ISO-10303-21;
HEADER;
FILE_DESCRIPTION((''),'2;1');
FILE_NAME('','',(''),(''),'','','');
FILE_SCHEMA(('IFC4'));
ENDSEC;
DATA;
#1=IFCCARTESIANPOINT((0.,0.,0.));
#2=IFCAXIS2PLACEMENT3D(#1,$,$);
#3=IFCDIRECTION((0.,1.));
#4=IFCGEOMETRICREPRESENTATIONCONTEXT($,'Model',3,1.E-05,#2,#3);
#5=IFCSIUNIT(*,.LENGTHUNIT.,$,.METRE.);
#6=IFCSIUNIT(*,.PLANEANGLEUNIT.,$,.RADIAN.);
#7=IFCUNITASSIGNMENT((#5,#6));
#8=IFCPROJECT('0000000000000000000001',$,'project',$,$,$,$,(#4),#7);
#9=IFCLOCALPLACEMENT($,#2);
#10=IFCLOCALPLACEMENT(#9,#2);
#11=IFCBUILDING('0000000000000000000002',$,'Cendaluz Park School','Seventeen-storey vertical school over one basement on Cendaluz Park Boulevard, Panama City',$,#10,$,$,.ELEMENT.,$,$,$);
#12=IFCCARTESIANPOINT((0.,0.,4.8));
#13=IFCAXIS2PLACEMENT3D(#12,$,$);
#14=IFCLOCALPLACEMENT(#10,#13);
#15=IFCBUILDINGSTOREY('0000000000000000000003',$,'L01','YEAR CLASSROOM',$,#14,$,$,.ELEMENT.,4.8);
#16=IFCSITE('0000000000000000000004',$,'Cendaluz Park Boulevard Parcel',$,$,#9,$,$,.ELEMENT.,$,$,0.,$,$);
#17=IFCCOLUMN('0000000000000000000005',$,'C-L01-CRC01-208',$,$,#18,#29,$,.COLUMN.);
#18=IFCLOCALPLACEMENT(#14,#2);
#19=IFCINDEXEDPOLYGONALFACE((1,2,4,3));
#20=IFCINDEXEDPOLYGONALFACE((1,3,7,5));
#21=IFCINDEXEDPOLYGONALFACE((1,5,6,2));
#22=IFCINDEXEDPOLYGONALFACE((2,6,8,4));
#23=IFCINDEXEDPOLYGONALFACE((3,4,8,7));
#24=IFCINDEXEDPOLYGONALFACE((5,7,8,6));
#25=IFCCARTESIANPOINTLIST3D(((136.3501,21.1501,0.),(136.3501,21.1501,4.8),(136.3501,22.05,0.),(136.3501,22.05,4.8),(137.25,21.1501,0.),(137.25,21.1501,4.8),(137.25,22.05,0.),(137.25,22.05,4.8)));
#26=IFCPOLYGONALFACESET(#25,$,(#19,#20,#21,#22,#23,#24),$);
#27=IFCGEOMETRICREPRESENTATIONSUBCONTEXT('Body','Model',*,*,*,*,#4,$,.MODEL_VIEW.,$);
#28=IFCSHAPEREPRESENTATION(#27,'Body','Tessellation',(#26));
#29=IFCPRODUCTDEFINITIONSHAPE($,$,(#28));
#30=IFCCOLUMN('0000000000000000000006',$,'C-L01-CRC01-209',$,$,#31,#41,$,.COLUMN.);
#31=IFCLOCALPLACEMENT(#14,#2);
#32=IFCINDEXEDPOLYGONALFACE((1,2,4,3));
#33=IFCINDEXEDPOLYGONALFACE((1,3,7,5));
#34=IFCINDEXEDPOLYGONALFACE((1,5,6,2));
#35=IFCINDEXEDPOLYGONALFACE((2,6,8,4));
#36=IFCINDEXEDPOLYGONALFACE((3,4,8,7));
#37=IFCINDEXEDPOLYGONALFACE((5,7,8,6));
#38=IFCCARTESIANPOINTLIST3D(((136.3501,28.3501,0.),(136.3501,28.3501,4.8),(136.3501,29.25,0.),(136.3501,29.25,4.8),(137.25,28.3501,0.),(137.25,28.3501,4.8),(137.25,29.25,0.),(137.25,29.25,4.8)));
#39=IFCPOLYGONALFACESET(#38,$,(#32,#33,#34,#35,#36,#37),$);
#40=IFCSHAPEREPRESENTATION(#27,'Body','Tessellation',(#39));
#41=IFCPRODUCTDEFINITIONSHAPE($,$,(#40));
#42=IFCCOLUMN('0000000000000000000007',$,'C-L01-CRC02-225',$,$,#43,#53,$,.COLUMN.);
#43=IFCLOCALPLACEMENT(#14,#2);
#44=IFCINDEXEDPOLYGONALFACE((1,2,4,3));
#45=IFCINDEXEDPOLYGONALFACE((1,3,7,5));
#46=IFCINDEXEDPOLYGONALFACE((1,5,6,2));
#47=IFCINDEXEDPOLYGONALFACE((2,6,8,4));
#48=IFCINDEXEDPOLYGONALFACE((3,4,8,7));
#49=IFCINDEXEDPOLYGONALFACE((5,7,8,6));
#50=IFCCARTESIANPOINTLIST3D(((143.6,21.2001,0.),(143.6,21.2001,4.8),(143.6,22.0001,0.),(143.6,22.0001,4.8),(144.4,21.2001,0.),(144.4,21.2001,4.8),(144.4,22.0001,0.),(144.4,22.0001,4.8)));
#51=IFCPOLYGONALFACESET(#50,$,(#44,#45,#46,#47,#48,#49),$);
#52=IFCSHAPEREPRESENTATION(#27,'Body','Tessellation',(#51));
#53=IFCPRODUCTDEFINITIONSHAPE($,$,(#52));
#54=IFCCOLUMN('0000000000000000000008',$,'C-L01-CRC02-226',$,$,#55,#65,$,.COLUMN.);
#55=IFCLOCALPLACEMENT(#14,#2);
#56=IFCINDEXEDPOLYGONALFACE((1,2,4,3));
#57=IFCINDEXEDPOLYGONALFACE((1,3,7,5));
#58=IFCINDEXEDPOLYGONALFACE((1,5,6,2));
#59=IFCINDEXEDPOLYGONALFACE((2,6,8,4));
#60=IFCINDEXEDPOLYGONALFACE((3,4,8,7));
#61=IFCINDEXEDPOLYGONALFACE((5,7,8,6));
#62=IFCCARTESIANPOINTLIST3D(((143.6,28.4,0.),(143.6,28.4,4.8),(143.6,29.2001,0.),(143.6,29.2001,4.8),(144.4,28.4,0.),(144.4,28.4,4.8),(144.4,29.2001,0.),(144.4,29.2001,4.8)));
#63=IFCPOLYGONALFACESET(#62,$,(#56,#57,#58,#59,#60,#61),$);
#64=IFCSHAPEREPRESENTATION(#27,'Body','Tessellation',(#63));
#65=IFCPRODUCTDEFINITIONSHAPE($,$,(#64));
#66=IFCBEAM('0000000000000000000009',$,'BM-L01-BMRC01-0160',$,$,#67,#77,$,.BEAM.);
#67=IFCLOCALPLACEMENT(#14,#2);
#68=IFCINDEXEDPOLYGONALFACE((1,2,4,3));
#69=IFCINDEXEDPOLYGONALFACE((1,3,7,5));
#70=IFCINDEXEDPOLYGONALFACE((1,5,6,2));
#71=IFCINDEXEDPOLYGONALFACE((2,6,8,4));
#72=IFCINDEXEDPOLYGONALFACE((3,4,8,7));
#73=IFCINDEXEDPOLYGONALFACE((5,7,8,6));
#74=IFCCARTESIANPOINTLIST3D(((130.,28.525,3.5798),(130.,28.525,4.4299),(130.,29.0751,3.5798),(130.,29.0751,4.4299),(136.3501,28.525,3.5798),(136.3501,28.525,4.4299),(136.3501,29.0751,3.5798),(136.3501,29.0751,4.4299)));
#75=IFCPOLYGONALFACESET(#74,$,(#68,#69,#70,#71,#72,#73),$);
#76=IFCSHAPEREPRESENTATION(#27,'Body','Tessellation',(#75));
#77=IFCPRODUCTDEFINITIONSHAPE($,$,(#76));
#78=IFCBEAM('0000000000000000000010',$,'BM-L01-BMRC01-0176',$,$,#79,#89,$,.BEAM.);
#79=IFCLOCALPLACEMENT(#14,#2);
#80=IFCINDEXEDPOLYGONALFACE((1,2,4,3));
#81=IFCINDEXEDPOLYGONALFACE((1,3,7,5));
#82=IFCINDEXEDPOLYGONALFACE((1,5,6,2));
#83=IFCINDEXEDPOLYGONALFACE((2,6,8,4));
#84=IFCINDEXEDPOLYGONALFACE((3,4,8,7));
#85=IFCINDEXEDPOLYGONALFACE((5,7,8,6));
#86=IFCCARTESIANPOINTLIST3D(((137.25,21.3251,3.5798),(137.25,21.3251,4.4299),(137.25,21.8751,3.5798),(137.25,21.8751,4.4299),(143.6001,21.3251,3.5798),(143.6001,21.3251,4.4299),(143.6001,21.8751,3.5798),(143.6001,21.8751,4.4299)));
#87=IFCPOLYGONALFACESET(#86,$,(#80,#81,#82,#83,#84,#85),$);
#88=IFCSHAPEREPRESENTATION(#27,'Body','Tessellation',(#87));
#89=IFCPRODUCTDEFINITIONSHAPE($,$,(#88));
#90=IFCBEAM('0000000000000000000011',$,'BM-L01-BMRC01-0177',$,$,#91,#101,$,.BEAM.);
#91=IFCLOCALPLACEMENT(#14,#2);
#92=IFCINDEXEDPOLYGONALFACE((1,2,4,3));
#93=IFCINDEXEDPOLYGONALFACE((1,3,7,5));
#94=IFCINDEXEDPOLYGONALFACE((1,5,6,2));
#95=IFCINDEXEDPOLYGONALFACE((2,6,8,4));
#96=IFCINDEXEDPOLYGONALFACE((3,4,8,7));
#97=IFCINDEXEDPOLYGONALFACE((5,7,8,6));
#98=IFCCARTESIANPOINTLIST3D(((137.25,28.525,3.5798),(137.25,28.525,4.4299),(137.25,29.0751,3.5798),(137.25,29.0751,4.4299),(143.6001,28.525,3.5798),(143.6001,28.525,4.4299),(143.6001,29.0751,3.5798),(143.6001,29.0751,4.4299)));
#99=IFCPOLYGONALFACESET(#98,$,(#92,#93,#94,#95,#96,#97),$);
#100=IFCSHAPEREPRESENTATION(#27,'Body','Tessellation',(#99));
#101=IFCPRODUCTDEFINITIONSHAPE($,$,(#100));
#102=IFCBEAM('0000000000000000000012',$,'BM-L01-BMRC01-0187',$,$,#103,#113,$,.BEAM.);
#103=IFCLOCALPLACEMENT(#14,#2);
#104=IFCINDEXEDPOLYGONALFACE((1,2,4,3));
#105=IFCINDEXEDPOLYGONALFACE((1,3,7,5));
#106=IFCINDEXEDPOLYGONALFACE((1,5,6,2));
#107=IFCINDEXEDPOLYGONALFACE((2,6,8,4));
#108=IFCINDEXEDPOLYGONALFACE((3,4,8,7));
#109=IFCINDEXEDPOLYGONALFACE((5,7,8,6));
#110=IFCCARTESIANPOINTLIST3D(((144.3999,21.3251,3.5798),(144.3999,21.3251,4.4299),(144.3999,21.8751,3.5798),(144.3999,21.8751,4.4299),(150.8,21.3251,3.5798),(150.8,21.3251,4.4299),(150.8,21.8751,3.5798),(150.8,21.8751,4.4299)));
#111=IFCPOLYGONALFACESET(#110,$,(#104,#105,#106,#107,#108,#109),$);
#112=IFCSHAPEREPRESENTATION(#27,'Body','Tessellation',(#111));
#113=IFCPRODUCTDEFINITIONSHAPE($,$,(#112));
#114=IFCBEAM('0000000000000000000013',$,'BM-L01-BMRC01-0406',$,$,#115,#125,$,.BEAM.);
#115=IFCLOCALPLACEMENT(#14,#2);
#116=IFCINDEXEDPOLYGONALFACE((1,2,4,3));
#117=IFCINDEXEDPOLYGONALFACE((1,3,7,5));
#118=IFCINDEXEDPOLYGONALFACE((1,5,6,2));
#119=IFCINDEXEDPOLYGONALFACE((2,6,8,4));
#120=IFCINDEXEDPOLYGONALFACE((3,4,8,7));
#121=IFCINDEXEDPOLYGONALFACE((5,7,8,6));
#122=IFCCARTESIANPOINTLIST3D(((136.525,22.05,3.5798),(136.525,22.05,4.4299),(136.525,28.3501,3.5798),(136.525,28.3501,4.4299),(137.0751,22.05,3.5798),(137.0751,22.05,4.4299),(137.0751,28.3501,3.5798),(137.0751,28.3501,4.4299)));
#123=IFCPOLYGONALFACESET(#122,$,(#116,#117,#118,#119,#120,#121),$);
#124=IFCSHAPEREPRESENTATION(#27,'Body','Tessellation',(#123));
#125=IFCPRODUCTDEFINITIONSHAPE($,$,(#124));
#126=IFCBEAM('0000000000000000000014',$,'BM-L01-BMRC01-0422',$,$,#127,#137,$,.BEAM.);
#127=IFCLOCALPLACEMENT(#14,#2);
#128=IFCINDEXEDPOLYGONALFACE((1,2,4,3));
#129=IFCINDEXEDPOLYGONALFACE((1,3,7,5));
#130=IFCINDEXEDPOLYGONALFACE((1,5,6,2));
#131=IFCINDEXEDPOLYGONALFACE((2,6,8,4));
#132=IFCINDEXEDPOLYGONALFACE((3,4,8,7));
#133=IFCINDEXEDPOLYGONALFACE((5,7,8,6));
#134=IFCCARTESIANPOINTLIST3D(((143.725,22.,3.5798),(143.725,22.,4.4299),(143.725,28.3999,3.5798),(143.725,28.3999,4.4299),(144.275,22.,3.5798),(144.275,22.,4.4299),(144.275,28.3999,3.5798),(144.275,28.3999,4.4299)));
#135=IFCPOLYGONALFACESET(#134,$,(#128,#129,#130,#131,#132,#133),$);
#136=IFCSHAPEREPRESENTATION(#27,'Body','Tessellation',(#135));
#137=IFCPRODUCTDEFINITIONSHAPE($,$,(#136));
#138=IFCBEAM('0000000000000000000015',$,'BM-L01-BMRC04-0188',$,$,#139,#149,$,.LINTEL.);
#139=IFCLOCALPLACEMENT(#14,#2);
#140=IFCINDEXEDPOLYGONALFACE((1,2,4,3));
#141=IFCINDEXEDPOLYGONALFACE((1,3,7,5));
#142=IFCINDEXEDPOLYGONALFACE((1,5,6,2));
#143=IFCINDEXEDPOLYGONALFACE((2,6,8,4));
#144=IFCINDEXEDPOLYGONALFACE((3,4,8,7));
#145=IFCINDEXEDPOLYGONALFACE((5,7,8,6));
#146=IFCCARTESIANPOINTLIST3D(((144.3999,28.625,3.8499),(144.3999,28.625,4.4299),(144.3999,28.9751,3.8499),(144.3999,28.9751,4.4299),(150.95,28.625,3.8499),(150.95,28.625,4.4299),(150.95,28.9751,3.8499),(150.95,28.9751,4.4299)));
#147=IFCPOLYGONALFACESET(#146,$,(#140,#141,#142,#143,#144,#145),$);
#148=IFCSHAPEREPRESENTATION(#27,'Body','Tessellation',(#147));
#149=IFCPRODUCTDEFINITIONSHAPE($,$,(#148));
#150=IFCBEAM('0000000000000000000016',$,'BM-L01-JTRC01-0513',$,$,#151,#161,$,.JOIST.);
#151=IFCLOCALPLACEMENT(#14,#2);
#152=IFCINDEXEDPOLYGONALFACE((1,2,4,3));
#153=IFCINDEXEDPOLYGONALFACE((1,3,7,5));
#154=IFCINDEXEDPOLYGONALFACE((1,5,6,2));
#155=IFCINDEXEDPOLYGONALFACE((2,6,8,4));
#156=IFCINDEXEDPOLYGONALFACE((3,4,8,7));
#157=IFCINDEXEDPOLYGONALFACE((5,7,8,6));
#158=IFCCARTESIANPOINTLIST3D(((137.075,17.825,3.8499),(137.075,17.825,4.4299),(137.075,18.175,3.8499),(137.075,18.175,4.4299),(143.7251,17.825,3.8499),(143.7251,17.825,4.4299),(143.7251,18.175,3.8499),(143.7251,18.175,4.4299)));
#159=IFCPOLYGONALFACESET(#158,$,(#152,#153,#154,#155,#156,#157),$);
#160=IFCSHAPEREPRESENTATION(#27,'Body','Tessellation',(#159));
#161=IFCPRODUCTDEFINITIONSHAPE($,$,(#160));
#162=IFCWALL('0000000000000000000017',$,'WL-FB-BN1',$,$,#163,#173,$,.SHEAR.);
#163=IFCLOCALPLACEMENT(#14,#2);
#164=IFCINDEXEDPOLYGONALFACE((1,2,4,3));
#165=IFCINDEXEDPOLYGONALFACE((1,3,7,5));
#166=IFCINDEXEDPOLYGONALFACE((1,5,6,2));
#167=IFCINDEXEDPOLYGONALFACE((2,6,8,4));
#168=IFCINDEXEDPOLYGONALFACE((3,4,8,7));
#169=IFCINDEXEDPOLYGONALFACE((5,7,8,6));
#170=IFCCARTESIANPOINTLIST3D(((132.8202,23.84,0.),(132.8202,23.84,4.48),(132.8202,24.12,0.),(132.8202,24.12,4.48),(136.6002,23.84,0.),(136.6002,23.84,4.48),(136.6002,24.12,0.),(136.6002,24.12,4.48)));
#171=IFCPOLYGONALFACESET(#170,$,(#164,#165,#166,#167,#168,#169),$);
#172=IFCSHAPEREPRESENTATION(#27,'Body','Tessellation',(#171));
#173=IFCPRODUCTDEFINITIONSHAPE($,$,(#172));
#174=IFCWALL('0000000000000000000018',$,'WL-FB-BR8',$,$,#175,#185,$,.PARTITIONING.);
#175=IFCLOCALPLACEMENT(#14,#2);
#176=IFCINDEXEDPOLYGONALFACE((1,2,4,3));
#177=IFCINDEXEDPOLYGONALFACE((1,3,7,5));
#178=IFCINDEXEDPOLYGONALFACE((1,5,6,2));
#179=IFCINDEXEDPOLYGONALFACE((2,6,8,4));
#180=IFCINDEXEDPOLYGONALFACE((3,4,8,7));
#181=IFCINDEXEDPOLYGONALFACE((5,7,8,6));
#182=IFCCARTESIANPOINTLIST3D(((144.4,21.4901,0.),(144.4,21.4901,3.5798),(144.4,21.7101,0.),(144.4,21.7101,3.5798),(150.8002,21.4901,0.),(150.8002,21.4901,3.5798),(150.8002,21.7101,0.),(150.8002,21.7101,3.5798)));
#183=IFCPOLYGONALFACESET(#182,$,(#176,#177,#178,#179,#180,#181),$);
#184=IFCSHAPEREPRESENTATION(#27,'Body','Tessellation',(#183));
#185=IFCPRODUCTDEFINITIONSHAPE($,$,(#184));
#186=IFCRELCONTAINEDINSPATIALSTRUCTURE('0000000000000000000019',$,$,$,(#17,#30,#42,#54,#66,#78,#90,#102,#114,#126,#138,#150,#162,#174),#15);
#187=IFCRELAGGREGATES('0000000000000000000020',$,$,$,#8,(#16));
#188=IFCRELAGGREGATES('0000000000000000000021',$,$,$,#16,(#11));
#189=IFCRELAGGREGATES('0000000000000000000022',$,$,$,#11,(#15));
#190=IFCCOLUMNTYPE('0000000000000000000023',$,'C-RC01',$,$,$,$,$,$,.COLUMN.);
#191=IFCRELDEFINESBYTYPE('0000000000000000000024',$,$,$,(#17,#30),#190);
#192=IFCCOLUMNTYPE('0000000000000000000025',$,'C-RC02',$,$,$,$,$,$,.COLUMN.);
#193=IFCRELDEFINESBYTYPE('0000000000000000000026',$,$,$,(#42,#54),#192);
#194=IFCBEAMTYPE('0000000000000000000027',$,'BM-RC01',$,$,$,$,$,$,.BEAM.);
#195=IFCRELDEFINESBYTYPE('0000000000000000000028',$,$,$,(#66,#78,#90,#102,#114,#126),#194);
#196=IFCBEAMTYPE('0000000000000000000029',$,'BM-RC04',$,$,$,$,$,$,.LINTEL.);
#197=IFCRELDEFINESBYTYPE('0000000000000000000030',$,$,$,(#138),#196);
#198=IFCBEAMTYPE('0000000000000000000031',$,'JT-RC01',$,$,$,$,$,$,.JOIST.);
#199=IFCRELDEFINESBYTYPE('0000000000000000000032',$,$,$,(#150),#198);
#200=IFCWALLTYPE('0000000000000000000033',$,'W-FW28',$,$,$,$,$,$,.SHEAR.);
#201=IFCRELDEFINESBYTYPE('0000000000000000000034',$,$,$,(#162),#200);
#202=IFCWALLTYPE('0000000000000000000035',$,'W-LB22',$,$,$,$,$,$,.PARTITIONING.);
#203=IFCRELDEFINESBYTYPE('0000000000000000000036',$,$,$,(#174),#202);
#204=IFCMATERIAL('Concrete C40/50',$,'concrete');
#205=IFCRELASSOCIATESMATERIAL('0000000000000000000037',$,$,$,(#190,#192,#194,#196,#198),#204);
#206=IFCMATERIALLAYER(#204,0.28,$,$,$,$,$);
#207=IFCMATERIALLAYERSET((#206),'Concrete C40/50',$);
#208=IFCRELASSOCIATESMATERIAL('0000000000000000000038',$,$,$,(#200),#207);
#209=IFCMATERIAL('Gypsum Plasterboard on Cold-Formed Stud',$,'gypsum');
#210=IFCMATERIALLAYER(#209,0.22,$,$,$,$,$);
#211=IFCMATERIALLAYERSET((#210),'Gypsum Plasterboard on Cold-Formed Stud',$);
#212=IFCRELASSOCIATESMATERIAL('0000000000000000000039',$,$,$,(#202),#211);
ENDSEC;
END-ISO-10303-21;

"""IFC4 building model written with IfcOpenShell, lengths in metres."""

from ifc_helpers import new_model, si_unit, direction, frame, frame_2d, origin, origin_2d, place, context, subcontext, project, spatial, rectangle, extrude, material, layer, layer_set, material_profile, profile_set, type_object, element, save


model = new_model("IFC4")

# Units and contexts
model_context = context("Model", 3, precision=1e-05, world=origin(), true_north=direction((0.0, 1.0)))
body_context = subcontext(model_context, "Body", "Model", "MODEL_VIEW")
ifc_project = project(units=[si_unit("LENGTHUNIT", "METRE"), si_unit("PLANEANGLEUNIT", "RADIAN")], contexts=[model_context])

# Site, building, storey
site_placement = place(None, origin())
site = spatial("IfcSite", under=ifc_project, at=site_placement, Name="Cendaluz Park Boulevard Parcel", CompositionType="ELEMENT", RefElevation=0.0)
building_placement = place(site_placement, origin())
building = spatial("IfcBuilding", under=site, at=building_placement, Name="Cendaluz Park School", Description="Seventeen-storey vertical school over one basement on Cendaluz Park Boulevard, Panama City", CompositionType="ELEMENT")
storey_placement = place(building_placement, frame((0.0, 0.0, 4.8)))
storey = spatial("IfcBuildingStorey", under=building, at=storey_placement, Name="L01", Description="YEAR CLASSROOM", CompositionType="ELEMENT", Elevation=4.8)

# Columns
ifc_material_1 = material(Name="Concrete C40/50", Category="concrete")
ifc_material_profile_1 = material_profile(ifc_material_1, rectangle(XDim=0.8999, YDim=0.8999, at=origin_2d()), Name="RC 900x900", Category="concrete")
ifc_profile_set_1 = profile_set([ifc_material_profile_1], Name="Concrete C40/50")
column_type_1 = type_object("IfcColumnType", Name="C-RC01", PredefinedType="COLUMN", material=ifc_profile_set_1)
for number, where, z_axis, x_axis, name in (
    (1, (136.8, 21.6001, 0.0), (0.0, 0.0, 1.0), (1.0, 0.0, 0.0), "C-L01-CRC01-208"),
    (2, (136.8, 28.8, 0.0), (0.0, 0.0, 1.0), (1.0, 0.0, 0.0), "C-L01-CRC01-209"),
):
    element("IfcColumn", number, at=place(storey_placement, frame(where, z_axis=z_axis, x_axis=x_axis)), inside=storey, type_object=column_type_1, Name=name, PredefinedType="COLUMN", context=body_context, shape_type="SweptSolid", body=[
        extrude(rectangle(XDim=0.8999, YDim=0.8999, at=origin_2d()), origin(), (0.0, 0.0, 1.0), 4.8),
    ])
ifc_material_profile_2 = material_profile(ifc_material_1, rectangle(XDim=0.8, YDim=0.8, at=origin_2d()), Name="RC 800x800", Category="concrete")
ifc_profile_set_2 = profile_set([ifc_material_profile_2], Name="Concrete C40/50")
column_type_2 = type_object("IfcColumnType", Name="C-RC02", PredefinedType="COLUMN", material=ifc_profile_set_2)
for number, where, z_axis, x_axis, name in (
    (3, (144.0, 21.6001, 0.0), (0.0, 0.0, 1.0), (1.0, 0.0, 0.0), "C-L01-CRC02-225"),
    (4, (144.0, 28.8, 0.0), (0.0, 0.0, 1.0), (1.0, 0.0, 0.0), "C-L01-CRC02-226"),
):
    element("IfcColumn", number, at=place(storey_placement, frame(where, z_axis=z_axis, x_axis=x_axis)), inside=storey, type_object=column_type_2, Name=name, PredefinedType="COLUMN", context=body_context, shape_type="SweptSolid", body=[
        extrude(rectangle(XDim=0.8, YDim=0.8, at=origin_2d()), origin(), (0.0, 0.0, 1.0), 4.8),
    ])

# Beams
ifc_material_profile_3 = material_profile(ifc_material_1, rectangle(XDim=0.55, YDim=0.8501, at=origin_2d()), Name="RC 550x850", Category="concrete")
ifc_profile_set_3 = profile_set([ifc_material_profile_3], Name="Concrete C40/50")
beam_type_1 = type_object("IfcBeamType", Name="BM-RC01", PredefinedType="BEAM", material=ifc_profile_set_3)
for number, where, z_axis, x_axis, name in (
    (5, (130.0, 28.8, 4.0049), (1.0, 0.0, 0.0), (0.0, 1.0, 0.0), "BM-L01-BMRC01-0160"),
    (6, (137.25, 21.6001, 4.0049), (1.0, 0.0, 0.0), (0.0, 1.0, 0.0), "BM-L01-BMRC01-0176"),
    (7, (137.25, 28.8, 4.0049), (1.0, 0.0, 0.0), (0.0, 1.0, 0.0), "BM-L01-BMRC01-0177"),
):
    element("IfcBeam", number, at=place(storey_placement, frame(where, z_axis=z_axis, x_axis=x_axis)), inside=storey, type_object=beam_type_1, Name=name, PredefinedType="BEAM", context=body_context, shape_type="SweptSolid", body=[
        extrude(rectangle(XDim=0.55, YDim=0.8501, at=origin_2d()), origin(), (0.0, 0.0, 1.0), 6.3501),
    ])
beam_1_placement = place(storey_placement, frame((144.3999, 21.6001, 4.0049), z_axis=(1.0, 0.0, 0.0), x_axis=(0.0, 1.0, 0.0)))
element("IfcBeam", 8, at=beam_1_placement, inside=storey, type_object=beam_type_1, Name="BM-L01-BMRC01-0187", PredefinedType="BEAM", context=body_context, shape_type="SweptSolid", body=[
    extrude(rectangle(XDim=0.55, YDim=0.8501, at=origin_2d()), origin(), (0.0, 0.0, 1.0), 6.4001),
])
beam_2_placement = place(storey_placement, frame((136.8, 22.05, 4.0049), z_axis=(0.0, 1.0, 0.0), x_axis=(-1.0, 0.0, 0.0)))
element("IfcBeam", 9, at=beam_2_placement, inside=storey, type_object=beam_type_1, Name="BM-L01-BMRC01-0406", PredefinedType="BEAM", context=body_context, shape_type="SweptSolid", body=[
    extrude(rectangle(XDim=0.55, YDim=0.8501, at=origin_2d()), origin(), (0.0, 0.0, 1.0), 6.3),
])
beam_3_placement = place(storey_placement, frame((144.0, 22.0, 4.0049), z_axis=(0.0, 1.0, 0.0), x_axis=(-1.0, 0.0, 0.0)))
element("IfcBeam", 10, at=beam_3_placement, inside=storey, type_object=beam_type_1, Name="BM-L01-BMRC01-0422", PredefinedType="BEAM", context=body_context, shape_type="SweptSolid", body=[
    extrude(rectangle(XDim=0.55, YDim=0.8501, at=origin_2d()), origin(), (0.0, 0.0, 1.0), 6.3999),
])
ifc_material_profile_4 = material_profile(ifc_material_1, rectangle(XDim=0.3501, YDim=0.5801, at=origin_2d()), Name="RC 350x580", Category="concrete")
ifc_profile_set_4 = profile_set([ifc_material_profile_4], Name="Concrete C40/50")
beam_type_2 = type_object("IfcBeamType", Name="BM-RC04", PredefinedType="LINTEL", material=ifc_profile_set_4)
beam_4_placement = place(storey_placement, frame((144.3999, 28.8, 4.1399), z_axis=(1.0, 0.0, 0.0), x_axis=(0.0, 1.0, 0.0)))
element("IfcBeam", 11, at=beam_4_placement, inside=storey, type_object=beam_type_2, Name="BM-L01-BMRC04-0188", PredefinedType="LINTEL", context=body_context, shape_type="SweptSolid", body=[
    extrude(rectangle(XDim=0.3501, YDim=0.5801, at=origin_2d()), origin(), (0.0, 0.0, 1.0), 6.55),
])
ifc_material_profile_5 = material_profile(ifc_material_1, rectangle(XDim=0.3501, YDim=0.5801, at=origin_2d()), Name="RC 350x580", Category="concrete")
ifc_profile_set_5 = profile_set([ifc_material_profile_5], Name="Concrete C40/50")
beam_type_3 = type_object("IfcBeamType", Name="JT-RC01", PredefinedType="JOIST", material=ifc_profile_set_5)
beam_5_placement = place(storey_placement, frame((137.075, 18.0, 4.1399), z_axis=(1.0, 0.0, 0.0), x_axis=(0.0, 1.0, 0.0)))
element("IfcBeam", 12, at=beam_5_placement, inside=storey, type_object=beam_type_3, Name="BM-L01-JTRC01-0513", PredefinedType="JOIST", context=body_context, shape_type="SweptSolid", body=[
    extrude(rectangle(XDim=0.3501, YDim=0.5801, at=origin_2d()), origin(), (0.0, 0.0, 1.0), 6.6501),
])

# Wall
ifc_layer_1 = layer(ifc_material_1, 0.28)
ifc_layer_set_1 = layer_set([ifc_layer_1], Name="Concrete C40/50")
wall_type_1 = type_object("IfcWallType", Name="W-FW28", PredefinedType="SHEAR", material=ifc_layer_set_1)
wall_1_placement = place(storey_placement, frame((132.8201, 23.98, 0.0), z_axis=(0.0, 0.0, 1.0), x_axis=(1.0, 0.0, 0.0)))
element("IfcWall", 13, at=wall_1_placement, inside=storey, type_object=wall_type_1, Name="WL-FB-BN1", PredefinedType="SHEAR", context=body_context, shape_type="SweptSolid", body=[
    extrude(rectangle(XDim=3.78, YDim=0.28, at=frame_2d((1.8901, 0.0))), origin(), (0.0, 0.0, 1.0), 4.48),
])

# Wall
ifc_material_2 = material(Name="Gypsum Plasterboard on Cold-Formed Stud", Category="gypsum")
ifc_layer_2 = layer(ifc_material_2, 0.22)
ifc_layer_set_2 = layer_set([ifc_layer_2], Name="Gypsum Plasterboard on Cold-Formed Stud")
wall_type_2 = type_object("IfcWallType", Name="W-LB22", PredefinedType="PARTITIONING", material=ifc_layer_set_2)
wall_2_placement = place(storey_placement, frame((144.3999, 21.6001, 0.0), z_axis=(0.0, 0.0, 1.0), x_axis=(1.0, 0.0, 0.0)))
element("IfcWall", 14, at=wall_2_placement, inside=storey, type_object=wall_type_2, Name="WL-FB-BR8", PredefinedType="PARTITIONING", context=body_context, shape_type="SweptSolid", body=[
    extrude(rectangle(XDim=6.4001, YDim=0.22, at=frame_2d((3.2002, 0.0))), origin(), (0.0, 0.0, 1.0), 3.5798),
])

save(model, "model.ifc")
